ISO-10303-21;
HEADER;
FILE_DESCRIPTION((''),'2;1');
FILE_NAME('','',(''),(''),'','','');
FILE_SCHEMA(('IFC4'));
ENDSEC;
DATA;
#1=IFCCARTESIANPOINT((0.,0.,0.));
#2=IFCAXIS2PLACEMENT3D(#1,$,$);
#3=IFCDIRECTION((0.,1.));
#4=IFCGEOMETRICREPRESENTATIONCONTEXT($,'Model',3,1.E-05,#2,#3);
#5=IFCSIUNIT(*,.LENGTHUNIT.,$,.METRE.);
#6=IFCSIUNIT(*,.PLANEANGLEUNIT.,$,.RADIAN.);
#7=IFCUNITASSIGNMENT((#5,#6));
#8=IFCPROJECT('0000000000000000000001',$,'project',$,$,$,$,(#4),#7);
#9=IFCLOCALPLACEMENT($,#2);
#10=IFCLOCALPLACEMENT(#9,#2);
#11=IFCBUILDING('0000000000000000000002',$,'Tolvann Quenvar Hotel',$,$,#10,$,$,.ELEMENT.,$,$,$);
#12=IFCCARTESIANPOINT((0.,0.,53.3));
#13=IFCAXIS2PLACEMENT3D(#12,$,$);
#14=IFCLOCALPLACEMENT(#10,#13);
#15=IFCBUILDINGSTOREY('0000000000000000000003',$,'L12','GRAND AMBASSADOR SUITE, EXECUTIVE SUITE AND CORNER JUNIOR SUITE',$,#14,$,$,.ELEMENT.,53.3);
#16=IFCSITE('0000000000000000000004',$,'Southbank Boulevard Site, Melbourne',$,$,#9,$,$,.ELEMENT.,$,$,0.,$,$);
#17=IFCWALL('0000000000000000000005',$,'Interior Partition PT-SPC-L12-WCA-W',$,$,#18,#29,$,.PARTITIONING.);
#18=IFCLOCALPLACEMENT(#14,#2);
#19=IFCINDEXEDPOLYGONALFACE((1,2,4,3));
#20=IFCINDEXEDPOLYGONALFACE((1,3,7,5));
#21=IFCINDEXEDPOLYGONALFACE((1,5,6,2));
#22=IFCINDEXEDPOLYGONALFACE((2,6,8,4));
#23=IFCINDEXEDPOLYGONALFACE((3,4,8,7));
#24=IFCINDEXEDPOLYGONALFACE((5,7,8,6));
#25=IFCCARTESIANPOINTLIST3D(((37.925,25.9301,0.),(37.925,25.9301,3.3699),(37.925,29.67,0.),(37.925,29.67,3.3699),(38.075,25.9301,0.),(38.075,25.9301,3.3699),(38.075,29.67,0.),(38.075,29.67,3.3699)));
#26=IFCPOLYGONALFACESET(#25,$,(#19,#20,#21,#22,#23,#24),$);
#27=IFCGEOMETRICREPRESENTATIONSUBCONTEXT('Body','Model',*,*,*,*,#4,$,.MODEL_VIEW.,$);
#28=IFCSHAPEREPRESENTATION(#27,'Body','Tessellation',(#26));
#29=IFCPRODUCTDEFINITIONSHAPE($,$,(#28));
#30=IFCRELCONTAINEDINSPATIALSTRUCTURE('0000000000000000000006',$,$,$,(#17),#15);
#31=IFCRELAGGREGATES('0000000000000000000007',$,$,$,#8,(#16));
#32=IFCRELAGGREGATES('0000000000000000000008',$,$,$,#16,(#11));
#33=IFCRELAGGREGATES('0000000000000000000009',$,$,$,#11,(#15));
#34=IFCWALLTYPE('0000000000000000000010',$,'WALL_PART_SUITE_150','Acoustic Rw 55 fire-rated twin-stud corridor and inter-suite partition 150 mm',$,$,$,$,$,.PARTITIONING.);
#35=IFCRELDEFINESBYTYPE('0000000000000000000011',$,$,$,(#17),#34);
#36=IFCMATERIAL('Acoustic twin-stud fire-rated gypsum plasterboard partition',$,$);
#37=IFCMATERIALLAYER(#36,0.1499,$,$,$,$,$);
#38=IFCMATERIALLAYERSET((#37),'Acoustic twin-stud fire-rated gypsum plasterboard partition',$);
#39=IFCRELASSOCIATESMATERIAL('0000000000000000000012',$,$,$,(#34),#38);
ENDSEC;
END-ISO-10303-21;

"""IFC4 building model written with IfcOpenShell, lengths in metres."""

from ifc_helpers import new_model, si_unit, direction, frame, frame_2d, origin, place, context, subcontext, project, spatial, rectangle, extrude, material, layer, layer_set, type_object, element, save


model = new_model("IFC4")

# Units and contexts
model_context = context("Model", 3, precision=1e-05, world=origin(), true_north=direction((0.0, 1.0)))
body_context = subcontext(model_context, "Body", "Model", "MODEL_VIEW")
ifc_project = project(units=[si_unit("LENGTHUNIT", "METRE"), si_unit("PLANEANGLEUNIT", "RADIAN")], contexts=[model_context])

# Site, building, storey
site_placement = place(None, origin())
site = spatial("IfcSite", under=ifc_project, at=site_placement, Name="Southbank Boulevard Site, Melbourne", CompositionType="ELEMENT", RefElevation=0.0)
building_placement = place(site_placement, origin())
building = spatial("IfcBuilding", under=site, at=building_placement, Name="Tolvann Quenvar Hotel", CompositionType="ELEMENT")
storey_placement = place(building_placement, frame((0.0, 0.0, 53.3)))
storey = spatial("IfcBuildingStorey", under=building, at=storey_placement, Name="L12", Description="GRAND AMBASSADOR SUITE, EXECUTIVE SUITE AND CORNER JUNIOR SUITE", CompositionType="ELEMENT", Elevation=53.3)

# Shared definitions
ifc_material_1 = material(Name="Acoustic twin-stud fire-rated gypsum plasterboard partition")
ifc_layer_1 = layer(ifc_material_1, 0.1499)
ifc_layer_set_1 = layer_set([ifc_layer_1], Name="Acoustic twin-stud fire-rated gypsum plasterboard partition")
wall_type_1 = type_object("IfcWallType", Name="WALL_PART_SUITE_150", Description="Acoustic Rw 55 fire-rated twin-stud corridor and inter-suite partition 150 mm", PredefinedType="PARTITIONING", material=ifc_layer_set_1)

# Wall
wall_1_placement = place(storey_placement, frame((38.0, 25.9299, 0.0), z_axis=(0.0, 0.0, 1.0), x_axis=(0.0, 1.0, 0.0)))
element("IfcWall", 1, at=wall_1_placement, inside=storey, type_object=wall_type_1, Name="Interior Partition PT-SPC-L12-WCA-W", PredefinedType="PARTITIONING", context=body_context, shape_type="SweptSolid", body=[
    extrude(rectangle(XDim=3.74, YDim=0.1499, at=frame_2d((1.8701, 0.0))), origin(), (0.0, 0.0, 1.0), 3.3699),
])

save(model, "model.ifc")
